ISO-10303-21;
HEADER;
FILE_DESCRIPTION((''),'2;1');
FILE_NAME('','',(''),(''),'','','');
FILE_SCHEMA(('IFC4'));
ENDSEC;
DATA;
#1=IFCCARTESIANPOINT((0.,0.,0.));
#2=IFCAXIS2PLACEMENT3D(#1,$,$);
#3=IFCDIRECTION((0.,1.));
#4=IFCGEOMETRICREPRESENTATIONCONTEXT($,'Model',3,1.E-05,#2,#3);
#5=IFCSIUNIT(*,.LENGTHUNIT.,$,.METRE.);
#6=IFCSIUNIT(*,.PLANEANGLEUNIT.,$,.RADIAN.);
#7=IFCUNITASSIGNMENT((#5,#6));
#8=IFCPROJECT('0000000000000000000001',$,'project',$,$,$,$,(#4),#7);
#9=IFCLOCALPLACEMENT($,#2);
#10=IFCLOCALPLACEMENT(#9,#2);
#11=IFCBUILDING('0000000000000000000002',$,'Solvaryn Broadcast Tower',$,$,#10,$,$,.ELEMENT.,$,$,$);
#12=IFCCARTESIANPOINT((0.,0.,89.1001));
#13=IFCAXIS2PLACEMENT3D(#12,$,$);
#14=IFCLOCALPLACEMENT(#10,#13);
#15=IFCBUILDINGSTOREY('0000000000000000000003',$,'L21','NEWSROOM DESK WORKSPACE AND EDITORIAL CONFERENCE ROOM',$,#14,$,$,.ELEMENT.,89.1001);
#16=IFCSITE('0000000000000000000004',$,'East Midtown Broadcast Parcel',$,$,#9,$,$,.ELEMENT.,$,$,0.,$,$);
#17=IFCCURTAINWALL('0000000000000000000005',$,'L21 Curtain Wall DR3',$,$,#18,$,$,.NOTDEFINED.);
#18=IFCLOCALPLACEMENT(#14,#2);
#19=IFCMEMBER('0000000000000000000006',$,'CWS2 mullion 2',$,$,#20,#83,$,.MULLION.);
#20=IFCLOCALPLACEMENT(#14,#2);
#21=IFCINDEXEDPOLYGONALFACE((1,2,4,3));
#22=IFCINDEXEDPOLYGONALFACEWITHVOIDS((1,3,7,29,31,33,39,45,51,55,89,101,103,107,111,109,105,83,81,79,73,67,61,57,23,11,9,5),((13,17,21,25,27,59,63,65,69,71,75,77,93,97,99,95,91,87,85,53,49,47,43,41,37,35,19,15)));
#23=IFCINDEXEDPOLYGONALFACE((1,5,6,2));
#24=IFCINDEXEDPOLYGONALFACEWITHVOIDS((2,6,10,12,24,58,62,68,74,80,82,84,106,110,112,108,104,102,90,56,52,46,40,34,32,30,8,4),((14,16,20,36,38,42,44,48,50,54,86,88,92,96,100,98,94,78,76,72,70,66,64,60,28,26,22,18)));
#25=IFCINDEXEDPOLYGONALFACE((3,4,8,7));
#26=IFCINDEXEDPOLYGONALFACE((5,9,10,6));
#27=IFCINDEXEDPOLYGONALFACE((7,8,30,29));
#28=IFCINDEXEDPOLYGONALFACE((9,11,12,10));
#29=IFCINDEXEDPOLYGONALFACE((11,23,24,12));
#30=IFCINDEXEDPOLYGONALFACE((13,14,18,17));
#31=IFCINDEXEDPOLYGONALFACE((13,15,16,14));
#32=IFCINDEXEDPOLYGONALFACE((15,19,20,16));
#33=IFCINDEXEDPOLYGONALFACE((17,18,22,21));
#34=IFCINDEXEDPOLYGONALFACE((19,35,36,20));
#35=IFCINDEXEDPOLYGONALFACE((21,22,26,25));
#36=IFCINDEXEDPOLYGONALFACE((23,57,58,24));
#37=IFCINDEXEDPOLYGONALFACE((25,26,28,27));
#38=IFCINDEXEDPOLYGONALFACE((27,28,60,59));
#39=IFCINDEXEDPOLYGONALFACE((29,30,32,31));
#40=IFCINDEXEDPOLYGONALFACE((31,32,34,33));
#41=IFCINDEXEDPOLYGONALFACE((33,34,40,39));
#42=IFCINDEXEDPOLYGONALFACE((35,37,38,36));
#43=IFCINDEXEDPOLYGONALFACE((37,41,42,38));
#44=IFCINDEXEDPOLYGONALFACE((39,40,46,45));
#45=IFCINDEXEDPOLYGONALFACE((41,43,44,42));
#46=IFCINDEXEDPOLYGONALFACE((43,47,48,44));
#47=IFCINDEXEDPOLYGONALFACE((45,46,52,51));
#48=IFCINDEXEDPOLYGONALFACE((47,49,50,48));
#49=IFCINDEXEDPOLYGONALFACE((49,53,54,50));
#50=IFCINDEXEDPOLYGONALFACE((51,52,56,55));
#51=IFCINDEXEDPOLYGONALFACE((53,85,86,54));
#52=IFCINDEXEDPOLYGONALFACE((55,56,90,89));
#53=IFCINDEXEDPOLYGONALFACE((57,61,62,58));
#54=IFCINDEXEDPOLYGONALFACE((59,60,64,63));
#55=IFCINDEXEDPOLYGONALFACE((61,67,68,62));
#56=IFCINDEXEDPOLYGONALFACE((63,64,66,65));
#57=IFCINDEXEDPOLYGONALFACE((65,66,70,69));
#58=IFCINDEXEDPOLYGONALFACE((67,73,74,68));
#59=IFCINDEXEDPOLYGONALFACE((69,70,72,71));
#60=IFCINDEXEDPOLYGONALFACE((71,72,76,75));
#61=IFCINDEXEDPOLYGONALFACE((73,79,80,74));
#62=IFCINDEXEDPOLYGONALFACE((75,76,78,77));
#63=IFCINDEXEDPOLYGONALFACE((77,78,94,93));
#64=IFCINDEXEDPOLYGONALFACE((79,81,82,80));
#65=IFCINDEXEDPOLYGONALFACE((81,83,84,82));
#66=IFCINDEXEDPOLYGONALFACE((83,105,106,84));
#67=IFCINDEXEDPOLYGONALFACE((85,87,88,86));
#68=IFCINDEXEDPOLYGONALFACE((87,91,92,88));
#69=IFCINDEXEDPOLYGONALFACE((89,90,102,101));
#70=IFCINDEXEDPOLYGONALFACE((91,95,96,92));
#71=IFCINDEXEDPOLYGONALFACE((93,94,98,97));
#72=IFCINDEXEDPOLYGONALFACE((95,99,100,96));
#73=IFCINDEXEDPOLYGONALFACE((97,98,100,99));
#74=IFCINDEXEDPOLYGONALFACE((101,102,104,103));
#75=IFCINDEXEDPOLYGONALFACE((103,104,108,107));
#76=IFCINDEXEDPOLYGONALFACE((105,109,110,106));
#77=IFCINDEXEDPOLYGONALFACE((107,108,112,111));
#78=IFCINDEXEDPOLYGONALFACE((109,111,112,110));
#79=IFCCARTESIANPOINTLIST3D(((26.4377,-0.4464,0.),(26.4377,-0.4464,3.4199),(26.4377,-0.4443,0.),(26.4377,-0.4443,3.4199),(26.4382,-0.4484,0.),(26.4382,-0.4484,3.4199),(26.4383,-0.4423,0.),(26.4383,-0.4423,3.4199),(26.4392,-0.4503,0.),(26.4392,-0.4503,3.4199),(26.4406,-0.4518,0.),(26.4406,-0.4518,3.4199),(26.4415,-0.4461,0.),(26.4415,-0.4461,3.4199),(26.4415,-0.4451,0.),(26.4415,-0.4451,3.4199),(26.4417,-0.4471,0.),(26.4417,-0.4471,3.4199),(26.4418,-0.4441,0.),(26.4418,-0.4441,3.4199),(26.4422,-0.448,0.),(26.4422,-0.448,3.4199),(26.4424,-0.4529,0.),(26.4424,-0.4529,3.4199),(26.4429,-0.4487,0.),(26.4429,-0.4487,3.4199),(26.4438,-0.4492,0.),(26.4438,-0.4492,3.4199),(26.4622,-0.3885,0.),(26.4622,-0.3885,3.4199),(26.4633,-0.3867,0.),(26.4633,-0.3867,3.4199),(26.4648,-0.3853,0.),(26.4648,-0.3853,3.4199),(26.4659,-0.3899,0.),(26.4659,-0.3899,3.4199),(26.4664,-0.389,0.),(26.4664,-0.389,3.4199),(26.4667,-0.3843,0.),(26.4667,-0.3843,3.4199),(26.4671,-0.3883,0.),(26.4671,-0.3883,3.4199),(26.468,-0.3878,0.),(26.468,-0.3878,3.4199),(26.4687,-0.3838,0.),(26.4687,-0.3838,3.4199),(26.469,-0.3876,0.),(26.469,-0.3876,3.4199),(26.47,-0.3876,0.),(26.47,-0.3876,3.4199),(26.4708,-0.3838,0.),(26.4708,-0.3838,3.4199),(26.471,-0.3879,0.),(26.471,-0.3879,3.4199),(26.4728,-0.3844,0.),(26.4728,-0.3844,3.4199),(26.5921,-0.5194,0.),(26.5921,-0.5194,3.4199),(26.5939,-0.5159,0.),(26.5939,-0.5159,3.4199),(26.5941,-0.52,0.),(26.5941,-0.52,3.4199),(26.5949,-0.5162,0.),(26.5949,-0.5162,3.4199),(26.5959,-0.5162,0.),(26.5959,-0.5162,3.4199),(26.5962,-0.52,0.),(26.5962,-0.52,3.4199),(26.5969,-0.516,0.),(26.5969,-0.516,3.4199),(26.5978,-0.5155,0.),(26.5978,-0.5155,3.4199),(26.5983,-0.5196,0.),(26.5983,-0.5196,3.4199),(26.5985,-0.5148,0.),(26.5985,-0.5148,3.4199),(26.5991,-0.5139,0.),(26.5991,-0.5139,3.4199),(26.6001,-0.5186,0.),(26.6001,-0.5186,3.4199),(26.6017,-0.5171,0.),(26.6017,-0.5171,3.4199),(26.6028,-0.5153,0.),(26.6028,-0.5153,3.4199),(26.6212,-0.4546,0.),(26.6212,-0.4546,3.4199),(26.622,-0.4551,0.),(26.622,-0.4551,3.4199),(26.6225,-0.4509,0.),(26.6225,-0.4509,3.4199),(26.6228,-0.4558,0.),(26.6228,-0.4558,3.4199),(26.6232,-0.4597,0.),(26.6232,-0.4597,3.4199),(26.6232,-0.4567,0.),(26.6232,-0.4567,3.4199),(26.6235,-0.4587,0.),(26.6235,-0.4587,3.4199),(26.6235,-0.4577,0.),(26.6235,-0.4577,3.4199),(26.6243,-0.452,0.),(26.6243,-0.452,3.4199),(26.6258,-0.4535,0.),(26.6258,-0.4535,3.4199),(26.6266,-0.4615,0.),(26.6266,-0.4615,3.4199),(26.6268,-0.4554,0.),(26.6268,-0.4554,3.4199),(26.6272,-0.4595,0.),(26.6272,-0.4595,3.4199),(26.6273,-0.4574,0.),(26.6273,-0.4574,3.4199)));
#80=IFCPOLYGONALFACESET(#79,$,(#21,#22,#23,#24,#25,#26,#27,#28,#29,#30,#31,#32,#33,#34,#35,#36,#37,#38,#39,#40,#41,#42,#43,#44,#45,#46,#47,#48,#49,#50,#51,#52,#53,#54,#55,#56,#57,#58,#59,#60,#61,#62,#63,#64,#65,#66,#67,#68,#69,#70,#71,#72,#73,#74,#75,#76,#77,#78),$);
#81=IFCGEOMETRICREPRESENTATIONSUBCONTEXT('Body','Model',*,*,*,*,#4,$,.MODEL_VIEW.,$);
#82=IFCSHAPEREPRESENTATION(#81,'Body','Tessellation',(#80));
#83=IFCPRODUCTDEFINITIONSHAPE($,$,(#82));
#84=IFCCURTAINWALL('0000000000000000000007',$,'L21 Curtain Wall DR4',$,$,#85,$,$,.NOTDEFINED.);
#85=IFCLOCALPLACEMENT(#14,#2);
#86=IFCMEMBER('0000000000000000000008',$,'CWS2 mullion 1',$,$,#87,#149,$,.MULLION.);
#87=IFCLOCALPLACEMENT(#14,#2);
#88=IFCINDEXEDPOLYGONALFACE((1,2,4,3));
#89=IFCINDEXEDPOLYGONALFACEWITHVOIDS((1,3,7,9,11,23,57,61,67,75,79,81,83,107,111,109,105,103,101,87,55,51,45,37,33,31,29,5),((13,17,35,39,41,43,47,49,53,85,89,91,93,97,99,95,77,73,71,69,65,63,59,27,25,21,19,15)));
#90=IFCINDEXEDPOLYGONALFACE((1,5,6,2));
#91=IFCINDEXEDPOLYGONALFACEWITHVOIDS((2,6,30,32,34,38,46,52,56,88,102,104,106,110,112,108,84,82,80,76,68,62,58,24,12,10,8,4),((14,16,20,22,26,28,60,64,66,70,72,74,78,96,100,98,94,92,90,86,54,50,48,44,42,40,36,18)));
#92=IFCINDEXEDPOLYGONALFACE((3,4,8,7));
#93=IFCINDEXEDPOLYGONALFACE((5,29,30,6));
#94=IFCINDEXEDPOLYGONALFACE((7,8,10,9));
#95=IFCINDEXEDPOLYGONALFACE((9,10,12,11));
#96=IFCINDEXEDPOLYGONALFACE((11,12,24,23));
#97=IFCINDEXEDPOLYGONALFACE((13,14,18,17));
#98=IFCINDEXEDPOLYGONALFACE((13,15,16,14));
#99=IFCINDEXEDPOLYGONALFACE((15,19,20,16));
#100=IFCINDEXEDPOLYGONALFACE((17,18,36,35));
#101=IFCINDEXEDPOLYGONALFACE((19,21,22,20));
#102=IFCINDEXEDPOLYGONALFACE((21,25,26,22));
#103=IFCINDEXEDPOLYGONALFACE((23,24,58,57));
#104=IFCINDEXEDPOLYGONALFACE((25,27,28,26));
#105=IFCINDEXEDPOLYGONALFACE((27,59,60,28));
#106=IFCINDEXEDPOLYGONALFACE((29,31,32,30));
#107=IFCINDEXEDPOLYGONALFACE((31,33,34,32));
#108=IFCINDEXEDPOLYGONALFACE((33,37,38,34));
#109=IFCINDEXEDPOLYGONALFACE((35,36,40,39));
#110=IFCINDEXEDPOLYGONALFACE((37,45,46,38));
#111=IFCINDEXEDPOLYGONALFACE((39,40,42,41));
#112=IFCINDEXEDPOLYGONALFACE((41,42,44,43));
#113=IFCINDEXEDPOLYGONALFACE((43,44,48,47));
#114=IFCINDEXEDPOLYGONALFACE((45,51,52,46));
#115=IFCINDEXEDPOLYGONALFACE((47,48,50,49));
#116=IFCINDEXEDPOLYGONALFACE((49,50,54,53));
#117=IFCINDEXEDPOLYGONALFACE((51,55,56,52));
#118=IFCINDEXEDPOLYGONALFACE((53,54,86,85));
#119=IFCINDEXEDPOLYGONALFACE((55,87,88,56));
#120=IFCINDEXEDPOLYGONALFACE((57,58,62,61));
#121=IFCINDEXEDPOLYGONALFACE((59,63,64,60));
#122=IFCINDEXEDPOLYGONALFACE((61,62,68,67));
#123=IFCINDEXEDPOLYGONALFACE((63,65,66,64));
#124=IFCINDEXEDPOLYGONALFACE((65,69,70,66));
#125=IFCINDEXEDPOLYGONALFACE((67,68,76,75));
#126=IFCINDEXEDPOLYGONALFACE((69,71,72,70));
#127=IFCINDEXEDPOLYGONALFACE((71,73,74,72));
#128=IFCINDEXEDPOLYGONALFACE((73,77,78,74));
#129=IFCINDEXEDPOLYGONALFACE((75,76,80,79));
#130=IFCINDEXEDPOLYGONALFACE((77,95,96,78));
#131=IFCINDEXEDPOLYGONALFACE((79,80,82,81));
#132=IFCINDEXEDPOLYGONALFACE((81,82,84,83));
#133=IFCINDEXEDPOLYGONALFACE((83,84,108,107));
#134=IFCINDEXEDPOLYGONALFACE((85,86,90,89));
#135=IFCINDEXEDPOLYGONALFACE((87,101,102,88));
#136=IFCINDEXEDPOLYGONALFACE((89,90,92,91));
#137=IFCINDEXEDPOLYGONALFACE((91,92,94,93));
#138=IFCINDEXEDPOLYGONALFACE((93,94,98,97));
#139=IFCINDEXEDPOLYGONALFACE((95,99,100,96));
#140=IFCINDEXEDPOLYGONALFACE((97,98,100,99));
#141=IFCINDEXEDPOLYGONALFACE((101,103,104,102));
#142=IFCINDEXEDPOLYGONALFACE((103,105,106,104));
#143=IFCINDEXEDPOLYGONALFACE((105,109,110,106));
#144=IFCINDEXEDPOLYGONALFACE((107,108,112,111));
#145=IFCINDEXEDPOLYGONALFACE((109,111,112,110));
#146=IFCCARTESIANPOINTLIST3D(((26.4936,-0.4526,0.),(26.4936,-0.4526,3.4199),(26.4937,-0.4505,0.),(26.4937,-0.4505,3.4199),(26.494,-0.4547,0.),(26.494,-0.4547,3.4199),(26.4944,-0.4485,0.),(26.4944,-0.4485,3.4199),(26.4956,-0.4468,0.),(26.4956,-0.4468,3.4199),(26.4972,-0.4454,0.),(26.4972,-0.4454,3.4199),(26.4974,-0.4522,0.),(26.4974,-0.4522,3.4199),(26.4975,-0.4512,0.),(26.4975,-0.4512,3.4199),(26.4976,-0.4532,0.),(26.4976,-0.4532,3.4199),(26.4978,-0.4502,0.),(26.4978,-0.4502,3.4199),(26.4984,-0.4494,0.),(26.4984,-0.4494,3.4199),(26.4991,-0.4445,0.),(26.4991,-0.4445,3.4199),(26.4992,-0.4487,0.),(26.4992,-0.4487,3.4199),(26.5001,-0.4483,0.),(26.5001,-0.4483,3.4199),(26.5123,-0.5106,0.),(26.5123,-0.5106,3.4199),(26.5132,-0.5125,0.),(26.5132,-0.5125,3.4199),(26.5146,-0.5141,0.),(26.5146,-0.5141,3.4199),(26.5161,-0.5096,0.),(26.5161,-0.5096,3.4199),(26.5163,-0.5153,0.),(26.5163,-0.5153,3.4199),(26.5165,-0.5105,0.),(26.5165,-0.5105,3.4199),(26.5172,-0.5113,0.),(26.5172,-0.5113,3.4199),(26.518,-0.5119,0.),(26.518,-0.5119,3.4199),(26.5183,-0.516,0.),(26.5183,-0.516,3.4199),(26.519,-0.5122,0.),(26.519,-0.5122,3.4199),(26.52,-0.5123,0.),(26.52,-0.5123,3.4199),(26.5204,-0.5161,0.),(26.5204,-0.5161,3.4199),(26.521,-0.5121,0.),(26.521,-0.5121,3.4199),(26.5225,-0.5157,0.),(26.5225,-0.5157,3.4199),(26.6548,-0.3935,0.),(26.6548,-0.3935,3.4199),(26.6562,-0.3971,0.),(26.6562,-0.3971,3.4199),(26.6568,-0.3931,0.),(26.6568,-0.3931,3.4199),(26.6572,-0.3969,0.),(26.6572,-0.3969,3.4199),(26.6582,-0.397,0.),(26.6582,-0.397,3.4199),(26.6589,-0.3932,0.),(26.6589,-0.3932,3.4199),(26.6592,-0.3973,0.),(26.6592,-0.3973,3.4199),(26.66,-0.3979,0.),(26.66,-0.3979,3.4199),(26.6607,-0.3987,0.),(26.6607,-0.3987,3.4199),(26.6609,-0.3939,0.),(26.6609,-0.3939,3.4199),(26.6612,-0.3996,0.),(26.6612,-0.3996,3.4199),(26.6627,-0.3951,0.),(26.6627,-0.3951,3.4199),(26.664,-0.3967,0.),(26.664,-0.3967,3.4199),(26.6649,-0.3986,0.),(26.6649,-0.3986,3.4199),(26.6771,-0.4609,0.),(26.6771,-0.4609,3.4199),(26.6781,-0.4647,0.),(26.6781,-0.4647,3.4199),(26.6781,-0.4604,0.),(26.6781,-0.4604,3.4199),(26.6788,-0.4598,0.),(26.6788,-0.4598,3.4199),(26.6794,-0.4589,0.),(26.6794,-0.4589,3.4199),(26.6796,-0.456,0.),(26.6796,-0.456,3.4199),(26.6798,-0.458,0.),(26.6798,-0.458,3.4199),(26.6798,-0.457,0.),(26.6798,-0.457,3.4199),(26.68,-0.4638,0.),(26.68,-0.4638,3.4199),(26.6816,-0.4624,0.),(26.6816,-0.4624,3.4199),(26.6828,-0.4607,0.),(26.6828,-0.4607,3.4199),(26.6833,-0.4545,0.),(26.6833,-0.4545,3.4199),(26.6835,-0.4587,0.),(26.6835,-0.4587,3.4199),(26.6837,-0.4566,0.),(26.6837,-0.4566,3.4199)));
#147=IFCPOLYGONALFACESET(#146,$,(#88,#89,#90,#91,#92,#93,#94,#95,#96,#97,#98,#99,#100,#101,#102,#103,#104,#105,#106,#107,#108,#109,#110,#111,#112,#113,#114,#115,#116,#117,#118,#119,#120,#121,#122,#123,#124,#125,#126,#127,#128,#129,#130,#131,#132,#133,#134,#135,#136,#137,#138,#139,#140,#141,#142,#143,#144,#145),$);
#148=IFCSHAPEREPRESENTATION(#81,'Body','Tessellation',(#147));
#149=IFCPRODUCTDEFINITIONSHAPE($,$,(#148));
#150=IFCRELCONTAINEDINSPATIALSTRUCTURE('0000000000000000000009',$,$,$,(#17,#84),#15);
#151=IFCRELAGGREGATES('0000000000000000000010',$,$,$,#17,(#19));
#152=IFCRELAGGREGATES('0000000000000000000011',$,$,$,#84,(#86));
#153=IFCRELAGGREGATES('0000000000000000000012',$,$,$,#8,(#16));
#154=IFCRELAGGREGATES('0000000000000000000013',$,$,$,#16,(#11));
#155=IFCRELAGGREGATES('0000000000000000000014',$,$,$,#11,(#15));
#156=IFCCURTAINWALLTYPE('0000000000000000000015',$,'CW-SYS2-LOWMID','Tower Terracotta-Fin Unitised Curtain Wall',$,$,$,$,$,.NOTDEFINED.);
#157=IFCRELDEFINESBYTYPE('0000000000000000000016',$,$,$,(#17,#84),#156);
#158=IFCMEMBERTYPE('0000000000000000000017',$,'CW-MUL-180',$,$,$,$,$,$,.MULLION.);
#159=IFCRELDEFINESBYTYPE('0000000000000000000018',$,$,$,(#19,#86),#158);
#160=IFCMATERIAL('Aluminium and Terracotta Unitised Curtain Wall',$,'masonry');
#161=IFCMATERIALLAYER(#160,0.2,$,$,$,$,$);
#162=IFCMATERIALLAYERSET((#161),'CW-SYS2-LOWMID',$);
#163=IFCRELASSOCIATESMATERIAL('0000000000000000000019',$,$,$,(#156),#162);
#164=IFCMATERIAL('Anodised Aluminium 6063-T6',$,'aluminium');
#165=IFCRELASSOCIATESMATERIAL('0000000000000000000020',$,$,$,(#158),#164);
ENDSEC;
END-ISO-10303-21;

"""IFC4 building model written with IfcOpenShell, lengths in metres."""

from ifc_helpers import new_model, si_unit, direction, frame, origin, origin_2d, place, context, subcontext, project, spatial, hollow_rectangle, extrude, material, layer, layer_set, material_profile, profile_set, type_object, element, aggregate, save


model = new_model("IFC4")

# Units and contexts
model_context = context("Model", 3, precision=1e-05, world=origin(), true_north=direction((0.0, 1.0)))
body_context = subcontext(model_context, "Body", "Model", "MODEL_VIEW")
ifc_project = project(units=[si_unit("LENGTHUNIT", "METRE"), si_unit("PLANEANGLEUNIT", "RADIAN")], contexts=[model_context])

# Site, building, storey
site_placement = place(None, origin())
site = spatial("IfcSite", under=ifc_project, at=site_placement, Name="East Midtown Broadcast Parcel", CompositionType="ELEMENT", RefElevation=0.0)
building_placement = place(site_placement, origin())
building = spatial("IfcBuilding", under=site, at=building_placement, Name="Solvaryn Broadcast Tower", CompositionType="ELEMENT")
storey_placement = place(building_placement, frame((0.0, 0.0, 89.1001)))
storey = spatial("IfcBuildingStorey", under=building, at=storey_placement, Name="L21", Description="NEWSROOM DESK WORKSPACE AND EDITORIAL CONFERENCE ROOM", CompositionType="ELEMENT", Elevation=89.1001)

# Curtain wall, member
ifc_material_1 = material(Name="Aluminium and Terracotta Unitised Curtain Wall", Category="masonry")
ifc_layer_1 = layer(ifc_material_1, 0.2)
ifc_layer_set_1 = layer_set([ifc_layer_1], Name="CW-SYS2-LOWMID")
curtain_wall_type = type_object("IfcCurtainWallType", Name="CW-SYS2-LOWMID", Description="Tower Terracotta-Fin Unitised Curtain Wall", PredefinedType="NOTDEFINED", material=ifc_layer_set_1)
curtain_wall_1_placement = place(storey_placement, origin())
curtain_wall_1 = element("IfcCurtainWall", 1, at=curtain_wall_1_placement, inside=storey, type_object=curtain_wall_type, Name="L21 Curtain Wall DR3", PredefinedType="NOTDEFINED")
ifc_material_2 = material(Name="Anodised Aluminium 6063-T6", Category="aluminium")
ifc_material_profile_1 = material_profile(ifc_material_2, hollow_rectangle(XDim=0.075, YDim=0.1799, WallThickness=0.0039, InnerFilletRadius=0.0039, OuterFilletRadius=0.0081, at=origin_2d()))
ifc_profile_set_1 = profile_set([ifc_material_profile_1], Name="Anodised Aluminium 6063-T6")
member_type_1 = type_object("IfcMemberType", Name="CW-MUL-180", PredefinedType="MULLION", material=ifc_profile_set_1)
member_1_placement = place(storey_placement, frame((26.5325, -0.4519, 0.0), z_axis=(0.0, 0.0, 1.0), x_axis=(0.405898, 0.913918, 0.0)))
member_1 = element("IfcMember", 2, at=member_1_placement, type_object=member_type_1, Name="CWS2 mullion 2", PredefinedType="MULLION", context=body_context, shape_type="SweptSolid", body=[
    extrude(hollow_rectangle(XDim=0.075, YDim=0.1799, WallThickness=0.0039, InnerFilletRadius=0.0039, OuterFilletRadius=0.0081, at=origin_2d()), origin(), (0.0, 0.0, 1.0), 3.4199),
])
aggregate(curtain_wall_1, [member_1])

# Curtain wall, member
curtain_wall_2_placement = place(storey_placement, origin())
curtain_wall_2 = element("IfcCurtainWall", 3, at=curtain_wall_2_placement, inside=storey, type_object=curtain_wall_type, Name="L21 Curtain Wall DR4", PredefinedType="NOTDEFINED")
member_2_placement = place(storey_placement, frame((26.5886, -0.4546, 0.0), z_axis=(0.0, 0.0, 1.0), x_axis=(-0.311594, 0.950215, 0.0)))
member_2 = element("IfcMember", 4, at=member_2_placement, type_object=member_type_1, Name="CWS2 mullion 1", PredefinedType="MULLION", context=body_context, shape_type="SweptSolid", body=[
    extrude(hollow_rectangle(XDim=0.075, YDim=0.1799, WallThickness=0.0039, InnerFilletRadius=0.0039, OuterFilletRadius=0.0081, at=origin_2d()), origin(), (0.0, 0.0, 1.0), 3.4199),
])
aggregate(curtain_wall_2, [member_2])

save(model, "model.ifc")
